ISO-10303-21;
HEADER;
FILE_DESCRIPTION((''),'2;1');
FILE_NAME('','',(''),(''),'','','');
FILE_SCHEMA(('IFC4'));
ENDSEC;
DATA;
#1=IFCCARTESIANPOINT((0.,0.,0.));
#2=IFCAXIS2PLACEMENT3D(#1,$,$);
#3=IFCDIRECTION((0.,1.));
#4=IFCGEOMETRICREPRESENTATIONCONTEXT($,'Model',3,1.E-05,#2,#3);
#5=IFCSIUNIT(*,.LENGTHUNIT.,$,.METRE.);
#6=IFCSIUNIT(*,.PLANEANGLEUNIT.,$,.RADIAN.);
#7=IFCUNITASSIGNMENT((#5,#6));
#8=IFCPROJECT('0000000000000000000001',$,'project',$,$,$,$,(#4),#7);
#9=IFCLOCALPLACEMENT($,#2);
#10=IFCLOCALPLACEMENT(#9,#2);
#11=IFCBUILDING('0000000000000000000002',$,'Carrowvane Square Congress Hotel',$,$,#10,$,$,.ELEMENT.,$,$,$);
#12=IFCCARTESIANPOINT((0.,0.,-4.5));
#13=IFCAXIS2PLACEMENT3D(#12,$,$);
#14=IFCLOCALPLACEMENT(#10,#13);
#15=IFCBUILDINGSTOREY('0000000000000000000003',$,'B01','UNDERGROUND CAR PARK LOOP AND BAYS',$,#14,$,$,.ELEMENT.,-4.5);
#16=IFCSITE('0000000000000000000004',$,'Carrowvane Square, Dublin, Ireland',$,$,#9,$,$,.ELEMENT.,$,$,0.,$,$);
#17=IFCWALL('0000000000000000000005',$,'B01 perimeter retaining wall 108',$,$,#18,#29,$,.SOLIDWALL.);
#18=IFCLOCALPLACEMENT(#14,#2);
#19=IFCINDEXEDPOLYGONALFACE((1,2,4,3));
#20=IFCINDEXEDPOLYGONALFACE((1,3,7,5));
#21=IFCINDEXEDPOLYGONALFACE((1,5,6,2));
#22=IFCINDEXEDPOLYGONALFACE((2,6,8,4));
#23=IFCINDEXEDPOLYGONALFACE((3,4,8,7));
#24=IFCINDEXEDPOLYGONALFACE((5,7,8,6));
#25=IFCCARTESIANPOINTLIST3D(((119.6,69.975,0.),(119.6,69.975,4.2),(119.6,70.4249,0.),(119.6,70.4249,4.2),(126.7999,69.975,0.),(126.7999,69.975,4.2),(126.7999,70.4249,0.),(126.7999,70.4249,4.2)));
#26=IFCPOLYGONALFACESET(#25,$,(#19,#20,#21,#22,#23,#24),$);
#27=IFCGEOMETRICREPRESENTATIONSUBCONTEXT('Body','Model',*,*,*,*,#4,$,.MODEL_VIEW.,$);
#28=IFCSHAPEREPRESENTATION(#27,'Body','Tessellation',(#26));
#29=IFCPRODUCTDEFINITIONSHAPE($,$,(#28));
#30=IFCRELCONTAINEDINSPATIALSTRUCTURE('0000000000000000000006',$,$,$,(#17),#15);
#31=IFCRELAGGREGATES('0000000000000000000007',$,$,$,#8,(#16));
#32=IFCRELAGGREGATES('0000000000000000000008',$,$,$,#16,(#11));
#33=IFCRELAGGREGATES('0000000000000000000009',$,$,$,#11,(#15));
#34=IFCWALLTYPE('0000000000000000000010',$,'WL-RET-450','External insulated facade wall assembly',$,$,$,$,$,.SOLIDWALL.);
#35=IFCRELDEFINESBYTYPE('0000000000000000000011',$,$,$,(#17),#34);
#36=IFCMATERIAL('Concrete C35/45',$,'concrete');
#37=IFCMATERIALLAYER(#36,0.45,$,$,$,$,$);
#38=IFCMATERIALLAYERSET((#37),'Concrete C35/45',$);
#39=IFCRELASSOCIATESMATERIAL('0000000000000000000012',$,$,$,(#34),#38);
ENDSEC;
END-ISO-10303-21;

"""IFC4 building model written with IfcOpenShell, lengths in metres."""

from ifc_helpers import new_model, si_unit, direction, frame, frame_2d, origin, place, context, subcontext, project, spatial, rectangle, extrude, material, layer, layer_set, type_object, element, save


model = new_model("IFC4")

# Units and contexts
model_context = context("Model", 3, precision=1e-05, world=origin(), true_north=direction((0.0, 1.0)))
body_context = subcontext(model_context, "Body", "Model", "MODEL_VIEW")
ifc_project = project(units=[si_unit("LENGTHUNIT", "METRE"), si_unit("PLANEANGLEUNIT", "RADIAN")], contexts=[model_context])

# Site, building, storey
site_placement = place(None, origin())
site = spatial("IfcSite", under=ifc_project, at=site_placement, Name="Carrowvane Square, Dublin, Ireland", CompositionType="ELEMENT", RefElevation=0.0)
building_placement = place(site_placement, origin())
building = spatial("IfcBuilding", under=site, at=building_placement, Name="Carrowvane Square Congress Hotel", CompositionType="ELEMENT")
storey_placement = place(building_placement, frame((0.0, 0.0, -4.5)))
storey = spatial("IfcBuildingStorey", under=building, at=storey_placement, Name="B01", Description="UNDERGROUND CAR PARK LOOP AND BAYS", CompositionType="ELEMENT", Elevation=-4.5)

# Wall
ifc_material_1 = material(Name="Concrete C35/45", Category="concrete")
ifc_layer_1 = layer(ifc_material_1, 0.45)
ifc_layer_set_1 = layer_set([ifc_layer_1], Name="Concrete C35/45")
wall_type_1 = type_object("IfcWallType", Name="WL-RET-450", Description="External insulated facade wall assembly", PredefinedType="SOLIDWALL", material=ifc_layer_set_1)
wall_1_placement = place(storey_placement, frame((126.8, 70.2, 0.0), z_axis=(0.0, 0.0, 1.0), x_axis=(-1.0, 0.0, 0.0)))
element("IfcWall", 1, at=wall_1_placement, inside=storey, type_object=wall_type_1, Name="B01 perimeter retaining wall 108", PredefinedType="SOLIDWALL", context=body_context, shape_type="SweptSolid", body=[
    extrude(rectangle(XDim=7.2, YDim=0.45, at=frame_2d((3.6001, 0.0))), origin(), (0.0, 0.0, 1.0), 4.2),
])

save(model, "model.ifc")
